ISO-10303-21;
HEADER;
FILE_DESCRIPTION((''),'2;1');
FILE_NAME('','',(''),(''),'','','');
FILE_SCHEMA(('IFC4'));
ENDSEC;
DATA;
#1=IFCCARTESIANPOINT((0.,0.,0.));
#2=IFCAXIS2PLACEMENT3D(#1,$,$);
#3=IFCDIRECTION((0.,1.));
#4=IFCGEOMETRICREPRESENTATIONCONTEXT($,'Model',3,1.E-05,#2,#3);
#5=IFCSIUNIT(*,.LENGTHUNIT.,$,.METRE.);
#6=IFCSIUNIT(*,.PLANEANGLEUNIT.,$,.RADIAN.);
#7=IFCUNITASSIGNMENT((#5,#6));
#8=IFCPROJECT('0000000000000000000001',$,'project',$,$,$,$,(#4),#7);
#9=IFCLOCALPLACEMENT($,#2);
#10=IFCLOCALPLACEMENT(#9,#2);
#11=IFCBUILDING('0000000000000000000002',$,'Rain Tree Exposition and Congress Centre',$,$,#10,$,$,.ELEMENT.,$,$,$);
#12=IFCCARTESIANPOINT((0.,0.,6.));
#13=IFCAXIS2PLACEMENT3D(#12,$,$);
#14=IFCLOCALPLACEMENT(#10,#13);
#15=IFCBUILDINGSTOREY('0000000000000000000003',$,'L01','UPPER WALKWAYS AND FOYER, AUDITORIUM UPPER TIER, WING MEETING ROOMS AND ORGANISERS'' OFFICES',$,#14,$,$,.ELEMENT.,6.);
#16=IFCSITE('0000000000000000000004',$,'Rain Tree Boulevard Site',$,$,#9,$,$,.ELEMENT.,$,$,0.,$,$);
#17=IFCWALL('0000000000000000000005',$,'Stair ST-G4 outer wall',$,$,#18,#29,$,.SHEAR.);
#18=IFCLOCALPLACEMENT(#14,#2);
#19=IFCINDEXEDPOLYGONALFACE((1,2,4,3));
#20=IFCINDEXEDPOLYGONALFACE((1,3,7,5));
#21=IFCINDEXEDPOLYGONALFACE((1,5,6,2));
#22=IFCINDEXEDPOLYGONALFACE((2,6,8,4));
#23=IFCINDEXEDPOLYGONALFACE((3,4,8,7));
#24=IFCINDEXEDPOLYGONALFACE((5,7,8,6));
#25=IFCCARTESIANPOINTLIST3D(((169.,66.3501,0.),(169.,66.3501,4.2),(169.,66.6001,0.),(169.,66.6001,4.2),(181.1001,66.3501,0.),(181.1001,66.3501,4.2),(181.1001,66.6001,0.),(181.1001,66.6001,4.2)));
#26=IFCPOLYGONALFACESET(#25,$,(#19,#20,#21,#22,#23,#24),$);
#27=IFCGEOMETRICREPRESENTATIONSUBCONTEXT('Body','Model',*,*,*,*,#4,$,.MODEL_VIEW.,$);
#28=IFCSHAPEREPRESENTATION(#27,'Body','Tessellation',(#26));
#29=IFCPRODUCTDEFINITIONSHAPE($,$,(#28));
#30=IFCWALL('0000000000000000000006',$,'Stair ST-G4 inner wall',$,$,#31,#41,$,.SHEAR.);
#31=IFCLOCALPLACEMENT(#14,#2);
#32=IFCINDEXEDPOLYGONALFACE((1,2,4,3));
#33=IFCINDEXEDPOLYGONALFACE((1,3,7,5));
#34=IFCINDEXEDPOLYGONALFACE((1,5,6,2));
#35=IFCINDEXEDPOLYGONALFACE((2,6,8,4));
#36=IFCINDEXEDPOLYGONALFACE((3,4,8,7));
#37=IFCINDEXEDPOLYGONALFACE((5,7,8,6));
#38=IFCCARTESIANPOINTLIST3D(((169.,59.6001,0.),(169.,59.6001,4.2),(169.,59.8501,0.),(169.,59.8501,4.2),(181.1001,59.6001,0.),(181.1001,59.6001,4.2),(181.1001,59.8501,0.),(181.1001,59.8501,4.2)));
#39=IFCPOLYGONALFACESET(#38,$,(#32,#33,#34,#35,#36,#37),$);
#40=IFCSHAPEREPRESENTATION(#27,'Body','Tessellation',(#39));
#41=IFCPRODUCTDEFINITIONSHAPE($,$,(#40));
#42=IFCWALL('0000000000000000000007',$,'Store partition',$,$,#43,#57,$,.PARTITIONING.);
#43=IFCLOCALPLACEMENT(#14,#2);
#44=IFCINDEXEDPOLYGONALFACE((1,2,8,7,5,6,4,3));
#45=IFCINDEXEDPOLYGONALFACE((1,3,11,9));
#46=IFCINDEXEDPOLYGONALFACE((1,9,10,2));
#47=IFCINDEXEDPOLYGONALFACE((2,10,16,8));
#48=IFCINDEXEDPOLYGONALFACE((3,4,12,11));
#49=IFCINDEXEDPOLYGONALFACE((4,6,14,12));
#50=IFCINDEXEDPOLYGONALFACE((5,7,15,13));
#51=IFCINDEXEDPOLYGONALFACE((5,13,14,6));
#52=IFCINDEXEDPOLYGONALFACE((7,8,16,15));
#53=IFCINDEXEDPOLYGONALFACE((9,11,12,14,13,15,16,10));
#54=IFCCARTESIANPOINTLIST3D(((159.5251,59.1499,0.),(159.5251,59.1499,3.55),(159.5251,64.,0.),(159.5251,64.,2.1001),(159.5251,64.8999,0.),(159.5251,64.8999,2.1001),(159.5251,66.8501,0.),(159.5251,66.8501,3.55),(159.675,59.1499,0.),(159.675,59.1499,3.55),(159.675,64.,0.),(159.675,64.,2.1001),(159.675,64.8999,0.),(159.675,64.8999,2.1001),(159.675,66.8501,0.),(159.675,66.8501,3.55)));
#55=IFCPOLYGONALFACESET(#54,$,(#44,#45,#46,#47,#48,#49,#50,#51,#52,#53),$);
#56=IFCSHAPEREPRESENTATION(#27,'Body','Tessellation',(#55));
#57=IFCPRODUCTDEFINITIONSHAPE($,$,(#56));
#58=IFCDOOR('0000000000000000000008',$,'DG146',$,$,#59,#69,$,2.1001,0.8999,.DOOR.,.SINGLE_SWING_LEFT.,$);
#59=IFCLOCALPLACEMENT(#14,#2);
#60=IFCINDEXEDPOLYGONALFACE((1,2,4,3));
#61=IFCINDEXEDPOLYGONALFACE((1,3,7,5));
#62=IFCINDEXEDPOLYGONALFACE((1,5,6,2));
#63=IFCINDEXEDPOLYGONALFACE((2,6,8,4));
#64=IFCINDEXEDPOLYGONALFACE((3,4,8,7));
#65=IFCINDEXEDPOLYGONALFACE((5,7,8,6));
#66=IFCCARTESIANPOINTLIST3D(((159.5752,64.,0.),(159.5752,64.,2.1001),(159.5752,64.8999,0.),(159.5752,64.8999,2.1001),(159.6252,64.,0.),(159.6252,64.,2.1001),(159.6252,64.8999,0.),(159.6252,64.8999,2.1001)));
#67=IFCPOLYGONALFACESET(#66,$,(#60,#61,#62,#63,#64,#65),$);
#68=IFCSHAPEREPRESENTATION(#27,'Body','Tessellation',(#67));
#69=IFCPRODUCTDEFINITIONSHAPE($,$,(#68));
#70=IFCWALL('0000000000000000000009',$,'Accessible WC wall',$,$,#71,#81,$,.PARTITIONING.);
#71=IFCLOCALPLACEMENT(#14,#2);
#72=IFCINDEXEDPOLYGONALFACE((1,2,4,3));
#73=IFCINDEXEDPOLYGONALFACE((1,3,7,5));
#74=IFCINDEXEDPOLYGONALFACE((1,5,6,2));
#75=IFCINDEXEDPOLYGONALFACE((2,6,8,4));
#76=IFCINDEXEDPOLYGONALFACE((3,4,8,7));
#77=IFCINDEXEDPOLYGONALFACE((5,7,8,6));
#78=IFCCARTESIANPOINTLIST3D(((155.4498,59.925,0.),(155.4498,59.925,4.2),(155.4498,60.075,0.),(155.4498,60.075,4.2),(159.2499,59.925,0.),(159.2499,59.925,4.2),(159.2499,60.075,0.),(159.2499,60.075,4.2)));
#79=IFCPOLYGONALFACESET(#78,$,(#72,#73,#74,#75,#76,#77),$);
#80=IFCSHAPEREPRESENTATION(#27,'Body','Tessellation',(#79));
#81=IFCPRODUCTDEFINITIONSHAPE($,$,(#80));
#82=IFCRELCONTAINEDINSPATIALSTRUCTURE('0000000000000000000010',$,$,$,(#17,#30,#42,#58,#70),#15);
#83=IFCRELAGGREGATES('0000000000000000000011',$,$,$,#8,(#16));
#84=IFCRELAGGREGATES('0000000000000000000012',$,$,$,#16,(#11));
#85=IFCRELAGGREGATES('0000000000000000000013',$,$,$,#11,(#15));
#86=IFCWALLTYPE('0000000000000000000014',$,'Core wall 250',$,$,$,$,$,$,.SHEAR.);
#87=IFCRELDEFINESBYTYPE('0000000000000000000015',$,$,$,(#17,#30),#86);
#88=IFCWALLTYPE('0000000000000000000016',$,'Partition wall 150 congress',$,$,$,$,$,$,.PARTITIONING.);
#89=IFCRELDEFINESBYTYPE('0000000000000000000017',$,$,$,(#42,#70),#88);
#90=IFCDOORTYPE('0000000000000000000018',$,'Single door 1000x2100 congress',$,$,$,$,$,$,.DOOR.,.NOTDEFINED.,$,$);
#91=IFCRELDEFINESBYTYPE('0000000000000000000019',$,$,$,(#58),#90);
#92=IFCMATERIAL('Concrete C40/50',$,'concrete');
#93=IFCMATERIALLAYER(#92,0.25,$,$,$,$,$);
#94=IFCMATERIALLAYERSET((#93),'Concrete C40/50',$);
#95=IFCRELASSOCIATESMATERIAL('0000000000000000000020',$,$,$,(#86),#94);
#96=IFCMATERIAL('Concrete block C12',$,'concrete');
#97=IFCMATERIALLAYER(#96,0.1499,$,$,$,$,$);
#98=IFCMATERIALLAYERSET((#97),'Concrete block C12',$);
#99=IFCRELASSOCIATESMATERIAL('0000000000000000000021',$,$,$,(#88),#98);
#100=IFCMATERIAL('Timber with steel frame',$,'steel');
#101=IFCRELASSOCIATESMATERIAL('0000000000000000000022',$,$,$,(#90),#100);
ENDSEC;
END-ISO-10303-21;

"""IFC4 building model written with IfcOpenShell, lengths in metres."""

from ifc_helpers import new_model, si_unit, direction, frame, frame_2d, origin, place, context, subcontext, project, spatial, rectangle, extrude, material, layer, layer_set, type_object, element, fill, save


model = new_model("IFC4")

# Units and contexts
model_context = context("Model", 3, precision=1e-05, world=origin(), true_north=direction((0.0, 1.0)))
body_context = subcontext(model_context, "Body", "Model", "MODEL_VIEW")
ifc_project = project(units=[si_unit("LENGTHUNIT", "METRE"), si_unit("PLANEANGLEUNIT", "RADIAN")], contexts=[model_context])

# Site, building, storey
site_placement = place(None, origin())
site = spatial("IfcSite", under=ifc_project, at=site_placement, Name="Rain Tree Boulevard Site", CompositionType="ELEMENT", RefElevation=0.0)
building_placement = place(site_placement, origin())
building = spatial("IfcBuilding", under=site, at=building_placement, Name="Rain Tree Exposition and Congress Centre", CompositionType="ELEMENT")
storey_placement = place(building_placement, frame((0.0, 0.0, 6.0)))
storey = spatial("IfcBuildingStorey", under=building, at=storey_placement, Name="L01", Description="UPPER WALKWAYS AND FOYER, AUDITORIUM UPPER TIER, WING MEETING ROOMS AND ORGANISERS' OFFICES", CompositionType="ELEMENT", Elevation=6.0)

# Shared definitions
ifc_material_1 = material(Name="Concrete C40/50", Category="concrete")
ifc_layer_1 = layer(ifc_material_1, 0.25)
ifc_layer_set_1 = layer_set([ifc_layer_1], Name="Concrete C40/50")
wall_type_1 = type_object("IfcWallType", Name="Core wall 250", PredefinedType="SHEAR", material=ifc_layer_set_1)

# Walls
for number, where, z_axis, x_axis, name in (
    (1, (169.0, 66.4751, 0.0), (0.0, 0.0, 1.0), (1.0, 0.0, 0.0), "Stair ST-G4 outer wall"),
    (2, (169.0, 59.7251, 0.0), (0.0, 0.0, 1.0), (1.0, 0.0, 0.0), "Stair ST-G4 inner wall"),
):
    element("IfcWall", number, at=place(storey_placement, frame(where, z_axis=z_axis, x_axis=x_axis)), inside=storey, type_object=wall_type_1, Name=name, PredefinedType="SHEAR", context=body_context, shape_type="SweptSolid", body=[
        extrude(rectangle(XDim=12.1001, YDim=0.25, at=frame_2d((6.05, 0.0))), origin(), (0.0, 0.0, 1.0), 4.2),
    ])

# Wall, opening, door
ifc_material_2 = material(Name="Concrete block C12", Category="concrete")
ifc_layer_2 = layer(ifc_material_2, 0.1499)
ifc_layer_set_2 = layer_set([ifc_layer_2], Name="Concrete block C12")
wall_type_2 = type_object("IfcWallType", Name="Partition wall 150 congress", PredefinedType="PARTITIONING", material=ifc_layer_set_2)
wall_1_placement = place(storey_placement, frame((159.6001, 59.1499, 0.0), z_axis=(0.0, 0.0, 1.0), x_axis=(0.0, 1.0, 0.0)))
wall_1 = element("IfcWall", 3, at=wall_1_placement, inside=storey, type_object=wall_type_2, Name="Store partition", PredefinedType="PARTITIONING", context=body_context, shape_type="SweptSolid", body=[
    extrude(rectangle(XDim=7.7002, YDim=0.1499, at=frame_2d((3.8501, 0.0))), origin(), (0.0, 0.0, 1.0), 3.55),
])
opening_1_placement = place(wall_1_placement, frame((4.8501, 0.0, 0.0)))
opening_1 = element("IfcOpeningElement", 4, at=opening_1_placement, cuts=wall_1, PredefinedType="OPENING", context=body_context, shape_type="SweptSolid", body=[
    extrude(rectangle(XDim=0.8999, YDim=2.1001, at=frame_2d((0.45, 1.05))), frame((0.0, 0.075, 0.0), z_axis=(0.0, -1.0, 0.0), x_axis=(1.0, 0.0, 0.0)), (0.0, 0.0, 1.0), 0.1499),
])
ifc_material_3 = material(Name="Timber with steel frame", Category="steel")
door_type_1 = type_object("IfcDoorType", Name="Single door 1000x2100 congress", OperationType="NOTDEFINED", PredefinedType="DOOR", material=ifc_material_3)
door_1_placement = place(opening_1_placement, origin())
door_1 = element("IfcDoor", 5, at=door_1_placement, inside=storey, type_object=door_type_1, Name="DG146", OperationType="SINGLE_SWING_LEFT", OverallHeight=2.1001, OverallWidth=0.8999, PredefinedType="DOOR", context=body_context, shape_type="SweptSolid", body=[
    extrude(rectangle(XDim=0.8999, YDim=2.1001, at=frame_2d((0.45, 1.05))), frame((0.0, 0.0249, 0.0), z_axis=(0.0, -1.0, 0.0), x_axis=(1.0, 0.0, 0.0)), (0.0, 0.0, 1.0), 0.05),
])
fill(opening_1, door_1)

# Wall
wall_2_placement = place(storey_placement, frame((155.45, 60.0, 0.0), z_axis=(0.0, 0.0, 1.0), x_axis=(1.0, 0.0, 0.0)))
element("IfcWall", 6, at=wall_2_placement, inside=storey, type_object=wall_type_2, Name="Accessible WC wall", PredefinedType="PARTITIONING", context=body_context, shape_type="SweptSolid", body=[
    extrude(rectangle(XDim=3.8, YDim=0.1499, at=frame_2d((1.8999, 0.0))), origin(), (0.0, 0.0, 1.0), 4.2),
])

save(model, "model.ifc")
